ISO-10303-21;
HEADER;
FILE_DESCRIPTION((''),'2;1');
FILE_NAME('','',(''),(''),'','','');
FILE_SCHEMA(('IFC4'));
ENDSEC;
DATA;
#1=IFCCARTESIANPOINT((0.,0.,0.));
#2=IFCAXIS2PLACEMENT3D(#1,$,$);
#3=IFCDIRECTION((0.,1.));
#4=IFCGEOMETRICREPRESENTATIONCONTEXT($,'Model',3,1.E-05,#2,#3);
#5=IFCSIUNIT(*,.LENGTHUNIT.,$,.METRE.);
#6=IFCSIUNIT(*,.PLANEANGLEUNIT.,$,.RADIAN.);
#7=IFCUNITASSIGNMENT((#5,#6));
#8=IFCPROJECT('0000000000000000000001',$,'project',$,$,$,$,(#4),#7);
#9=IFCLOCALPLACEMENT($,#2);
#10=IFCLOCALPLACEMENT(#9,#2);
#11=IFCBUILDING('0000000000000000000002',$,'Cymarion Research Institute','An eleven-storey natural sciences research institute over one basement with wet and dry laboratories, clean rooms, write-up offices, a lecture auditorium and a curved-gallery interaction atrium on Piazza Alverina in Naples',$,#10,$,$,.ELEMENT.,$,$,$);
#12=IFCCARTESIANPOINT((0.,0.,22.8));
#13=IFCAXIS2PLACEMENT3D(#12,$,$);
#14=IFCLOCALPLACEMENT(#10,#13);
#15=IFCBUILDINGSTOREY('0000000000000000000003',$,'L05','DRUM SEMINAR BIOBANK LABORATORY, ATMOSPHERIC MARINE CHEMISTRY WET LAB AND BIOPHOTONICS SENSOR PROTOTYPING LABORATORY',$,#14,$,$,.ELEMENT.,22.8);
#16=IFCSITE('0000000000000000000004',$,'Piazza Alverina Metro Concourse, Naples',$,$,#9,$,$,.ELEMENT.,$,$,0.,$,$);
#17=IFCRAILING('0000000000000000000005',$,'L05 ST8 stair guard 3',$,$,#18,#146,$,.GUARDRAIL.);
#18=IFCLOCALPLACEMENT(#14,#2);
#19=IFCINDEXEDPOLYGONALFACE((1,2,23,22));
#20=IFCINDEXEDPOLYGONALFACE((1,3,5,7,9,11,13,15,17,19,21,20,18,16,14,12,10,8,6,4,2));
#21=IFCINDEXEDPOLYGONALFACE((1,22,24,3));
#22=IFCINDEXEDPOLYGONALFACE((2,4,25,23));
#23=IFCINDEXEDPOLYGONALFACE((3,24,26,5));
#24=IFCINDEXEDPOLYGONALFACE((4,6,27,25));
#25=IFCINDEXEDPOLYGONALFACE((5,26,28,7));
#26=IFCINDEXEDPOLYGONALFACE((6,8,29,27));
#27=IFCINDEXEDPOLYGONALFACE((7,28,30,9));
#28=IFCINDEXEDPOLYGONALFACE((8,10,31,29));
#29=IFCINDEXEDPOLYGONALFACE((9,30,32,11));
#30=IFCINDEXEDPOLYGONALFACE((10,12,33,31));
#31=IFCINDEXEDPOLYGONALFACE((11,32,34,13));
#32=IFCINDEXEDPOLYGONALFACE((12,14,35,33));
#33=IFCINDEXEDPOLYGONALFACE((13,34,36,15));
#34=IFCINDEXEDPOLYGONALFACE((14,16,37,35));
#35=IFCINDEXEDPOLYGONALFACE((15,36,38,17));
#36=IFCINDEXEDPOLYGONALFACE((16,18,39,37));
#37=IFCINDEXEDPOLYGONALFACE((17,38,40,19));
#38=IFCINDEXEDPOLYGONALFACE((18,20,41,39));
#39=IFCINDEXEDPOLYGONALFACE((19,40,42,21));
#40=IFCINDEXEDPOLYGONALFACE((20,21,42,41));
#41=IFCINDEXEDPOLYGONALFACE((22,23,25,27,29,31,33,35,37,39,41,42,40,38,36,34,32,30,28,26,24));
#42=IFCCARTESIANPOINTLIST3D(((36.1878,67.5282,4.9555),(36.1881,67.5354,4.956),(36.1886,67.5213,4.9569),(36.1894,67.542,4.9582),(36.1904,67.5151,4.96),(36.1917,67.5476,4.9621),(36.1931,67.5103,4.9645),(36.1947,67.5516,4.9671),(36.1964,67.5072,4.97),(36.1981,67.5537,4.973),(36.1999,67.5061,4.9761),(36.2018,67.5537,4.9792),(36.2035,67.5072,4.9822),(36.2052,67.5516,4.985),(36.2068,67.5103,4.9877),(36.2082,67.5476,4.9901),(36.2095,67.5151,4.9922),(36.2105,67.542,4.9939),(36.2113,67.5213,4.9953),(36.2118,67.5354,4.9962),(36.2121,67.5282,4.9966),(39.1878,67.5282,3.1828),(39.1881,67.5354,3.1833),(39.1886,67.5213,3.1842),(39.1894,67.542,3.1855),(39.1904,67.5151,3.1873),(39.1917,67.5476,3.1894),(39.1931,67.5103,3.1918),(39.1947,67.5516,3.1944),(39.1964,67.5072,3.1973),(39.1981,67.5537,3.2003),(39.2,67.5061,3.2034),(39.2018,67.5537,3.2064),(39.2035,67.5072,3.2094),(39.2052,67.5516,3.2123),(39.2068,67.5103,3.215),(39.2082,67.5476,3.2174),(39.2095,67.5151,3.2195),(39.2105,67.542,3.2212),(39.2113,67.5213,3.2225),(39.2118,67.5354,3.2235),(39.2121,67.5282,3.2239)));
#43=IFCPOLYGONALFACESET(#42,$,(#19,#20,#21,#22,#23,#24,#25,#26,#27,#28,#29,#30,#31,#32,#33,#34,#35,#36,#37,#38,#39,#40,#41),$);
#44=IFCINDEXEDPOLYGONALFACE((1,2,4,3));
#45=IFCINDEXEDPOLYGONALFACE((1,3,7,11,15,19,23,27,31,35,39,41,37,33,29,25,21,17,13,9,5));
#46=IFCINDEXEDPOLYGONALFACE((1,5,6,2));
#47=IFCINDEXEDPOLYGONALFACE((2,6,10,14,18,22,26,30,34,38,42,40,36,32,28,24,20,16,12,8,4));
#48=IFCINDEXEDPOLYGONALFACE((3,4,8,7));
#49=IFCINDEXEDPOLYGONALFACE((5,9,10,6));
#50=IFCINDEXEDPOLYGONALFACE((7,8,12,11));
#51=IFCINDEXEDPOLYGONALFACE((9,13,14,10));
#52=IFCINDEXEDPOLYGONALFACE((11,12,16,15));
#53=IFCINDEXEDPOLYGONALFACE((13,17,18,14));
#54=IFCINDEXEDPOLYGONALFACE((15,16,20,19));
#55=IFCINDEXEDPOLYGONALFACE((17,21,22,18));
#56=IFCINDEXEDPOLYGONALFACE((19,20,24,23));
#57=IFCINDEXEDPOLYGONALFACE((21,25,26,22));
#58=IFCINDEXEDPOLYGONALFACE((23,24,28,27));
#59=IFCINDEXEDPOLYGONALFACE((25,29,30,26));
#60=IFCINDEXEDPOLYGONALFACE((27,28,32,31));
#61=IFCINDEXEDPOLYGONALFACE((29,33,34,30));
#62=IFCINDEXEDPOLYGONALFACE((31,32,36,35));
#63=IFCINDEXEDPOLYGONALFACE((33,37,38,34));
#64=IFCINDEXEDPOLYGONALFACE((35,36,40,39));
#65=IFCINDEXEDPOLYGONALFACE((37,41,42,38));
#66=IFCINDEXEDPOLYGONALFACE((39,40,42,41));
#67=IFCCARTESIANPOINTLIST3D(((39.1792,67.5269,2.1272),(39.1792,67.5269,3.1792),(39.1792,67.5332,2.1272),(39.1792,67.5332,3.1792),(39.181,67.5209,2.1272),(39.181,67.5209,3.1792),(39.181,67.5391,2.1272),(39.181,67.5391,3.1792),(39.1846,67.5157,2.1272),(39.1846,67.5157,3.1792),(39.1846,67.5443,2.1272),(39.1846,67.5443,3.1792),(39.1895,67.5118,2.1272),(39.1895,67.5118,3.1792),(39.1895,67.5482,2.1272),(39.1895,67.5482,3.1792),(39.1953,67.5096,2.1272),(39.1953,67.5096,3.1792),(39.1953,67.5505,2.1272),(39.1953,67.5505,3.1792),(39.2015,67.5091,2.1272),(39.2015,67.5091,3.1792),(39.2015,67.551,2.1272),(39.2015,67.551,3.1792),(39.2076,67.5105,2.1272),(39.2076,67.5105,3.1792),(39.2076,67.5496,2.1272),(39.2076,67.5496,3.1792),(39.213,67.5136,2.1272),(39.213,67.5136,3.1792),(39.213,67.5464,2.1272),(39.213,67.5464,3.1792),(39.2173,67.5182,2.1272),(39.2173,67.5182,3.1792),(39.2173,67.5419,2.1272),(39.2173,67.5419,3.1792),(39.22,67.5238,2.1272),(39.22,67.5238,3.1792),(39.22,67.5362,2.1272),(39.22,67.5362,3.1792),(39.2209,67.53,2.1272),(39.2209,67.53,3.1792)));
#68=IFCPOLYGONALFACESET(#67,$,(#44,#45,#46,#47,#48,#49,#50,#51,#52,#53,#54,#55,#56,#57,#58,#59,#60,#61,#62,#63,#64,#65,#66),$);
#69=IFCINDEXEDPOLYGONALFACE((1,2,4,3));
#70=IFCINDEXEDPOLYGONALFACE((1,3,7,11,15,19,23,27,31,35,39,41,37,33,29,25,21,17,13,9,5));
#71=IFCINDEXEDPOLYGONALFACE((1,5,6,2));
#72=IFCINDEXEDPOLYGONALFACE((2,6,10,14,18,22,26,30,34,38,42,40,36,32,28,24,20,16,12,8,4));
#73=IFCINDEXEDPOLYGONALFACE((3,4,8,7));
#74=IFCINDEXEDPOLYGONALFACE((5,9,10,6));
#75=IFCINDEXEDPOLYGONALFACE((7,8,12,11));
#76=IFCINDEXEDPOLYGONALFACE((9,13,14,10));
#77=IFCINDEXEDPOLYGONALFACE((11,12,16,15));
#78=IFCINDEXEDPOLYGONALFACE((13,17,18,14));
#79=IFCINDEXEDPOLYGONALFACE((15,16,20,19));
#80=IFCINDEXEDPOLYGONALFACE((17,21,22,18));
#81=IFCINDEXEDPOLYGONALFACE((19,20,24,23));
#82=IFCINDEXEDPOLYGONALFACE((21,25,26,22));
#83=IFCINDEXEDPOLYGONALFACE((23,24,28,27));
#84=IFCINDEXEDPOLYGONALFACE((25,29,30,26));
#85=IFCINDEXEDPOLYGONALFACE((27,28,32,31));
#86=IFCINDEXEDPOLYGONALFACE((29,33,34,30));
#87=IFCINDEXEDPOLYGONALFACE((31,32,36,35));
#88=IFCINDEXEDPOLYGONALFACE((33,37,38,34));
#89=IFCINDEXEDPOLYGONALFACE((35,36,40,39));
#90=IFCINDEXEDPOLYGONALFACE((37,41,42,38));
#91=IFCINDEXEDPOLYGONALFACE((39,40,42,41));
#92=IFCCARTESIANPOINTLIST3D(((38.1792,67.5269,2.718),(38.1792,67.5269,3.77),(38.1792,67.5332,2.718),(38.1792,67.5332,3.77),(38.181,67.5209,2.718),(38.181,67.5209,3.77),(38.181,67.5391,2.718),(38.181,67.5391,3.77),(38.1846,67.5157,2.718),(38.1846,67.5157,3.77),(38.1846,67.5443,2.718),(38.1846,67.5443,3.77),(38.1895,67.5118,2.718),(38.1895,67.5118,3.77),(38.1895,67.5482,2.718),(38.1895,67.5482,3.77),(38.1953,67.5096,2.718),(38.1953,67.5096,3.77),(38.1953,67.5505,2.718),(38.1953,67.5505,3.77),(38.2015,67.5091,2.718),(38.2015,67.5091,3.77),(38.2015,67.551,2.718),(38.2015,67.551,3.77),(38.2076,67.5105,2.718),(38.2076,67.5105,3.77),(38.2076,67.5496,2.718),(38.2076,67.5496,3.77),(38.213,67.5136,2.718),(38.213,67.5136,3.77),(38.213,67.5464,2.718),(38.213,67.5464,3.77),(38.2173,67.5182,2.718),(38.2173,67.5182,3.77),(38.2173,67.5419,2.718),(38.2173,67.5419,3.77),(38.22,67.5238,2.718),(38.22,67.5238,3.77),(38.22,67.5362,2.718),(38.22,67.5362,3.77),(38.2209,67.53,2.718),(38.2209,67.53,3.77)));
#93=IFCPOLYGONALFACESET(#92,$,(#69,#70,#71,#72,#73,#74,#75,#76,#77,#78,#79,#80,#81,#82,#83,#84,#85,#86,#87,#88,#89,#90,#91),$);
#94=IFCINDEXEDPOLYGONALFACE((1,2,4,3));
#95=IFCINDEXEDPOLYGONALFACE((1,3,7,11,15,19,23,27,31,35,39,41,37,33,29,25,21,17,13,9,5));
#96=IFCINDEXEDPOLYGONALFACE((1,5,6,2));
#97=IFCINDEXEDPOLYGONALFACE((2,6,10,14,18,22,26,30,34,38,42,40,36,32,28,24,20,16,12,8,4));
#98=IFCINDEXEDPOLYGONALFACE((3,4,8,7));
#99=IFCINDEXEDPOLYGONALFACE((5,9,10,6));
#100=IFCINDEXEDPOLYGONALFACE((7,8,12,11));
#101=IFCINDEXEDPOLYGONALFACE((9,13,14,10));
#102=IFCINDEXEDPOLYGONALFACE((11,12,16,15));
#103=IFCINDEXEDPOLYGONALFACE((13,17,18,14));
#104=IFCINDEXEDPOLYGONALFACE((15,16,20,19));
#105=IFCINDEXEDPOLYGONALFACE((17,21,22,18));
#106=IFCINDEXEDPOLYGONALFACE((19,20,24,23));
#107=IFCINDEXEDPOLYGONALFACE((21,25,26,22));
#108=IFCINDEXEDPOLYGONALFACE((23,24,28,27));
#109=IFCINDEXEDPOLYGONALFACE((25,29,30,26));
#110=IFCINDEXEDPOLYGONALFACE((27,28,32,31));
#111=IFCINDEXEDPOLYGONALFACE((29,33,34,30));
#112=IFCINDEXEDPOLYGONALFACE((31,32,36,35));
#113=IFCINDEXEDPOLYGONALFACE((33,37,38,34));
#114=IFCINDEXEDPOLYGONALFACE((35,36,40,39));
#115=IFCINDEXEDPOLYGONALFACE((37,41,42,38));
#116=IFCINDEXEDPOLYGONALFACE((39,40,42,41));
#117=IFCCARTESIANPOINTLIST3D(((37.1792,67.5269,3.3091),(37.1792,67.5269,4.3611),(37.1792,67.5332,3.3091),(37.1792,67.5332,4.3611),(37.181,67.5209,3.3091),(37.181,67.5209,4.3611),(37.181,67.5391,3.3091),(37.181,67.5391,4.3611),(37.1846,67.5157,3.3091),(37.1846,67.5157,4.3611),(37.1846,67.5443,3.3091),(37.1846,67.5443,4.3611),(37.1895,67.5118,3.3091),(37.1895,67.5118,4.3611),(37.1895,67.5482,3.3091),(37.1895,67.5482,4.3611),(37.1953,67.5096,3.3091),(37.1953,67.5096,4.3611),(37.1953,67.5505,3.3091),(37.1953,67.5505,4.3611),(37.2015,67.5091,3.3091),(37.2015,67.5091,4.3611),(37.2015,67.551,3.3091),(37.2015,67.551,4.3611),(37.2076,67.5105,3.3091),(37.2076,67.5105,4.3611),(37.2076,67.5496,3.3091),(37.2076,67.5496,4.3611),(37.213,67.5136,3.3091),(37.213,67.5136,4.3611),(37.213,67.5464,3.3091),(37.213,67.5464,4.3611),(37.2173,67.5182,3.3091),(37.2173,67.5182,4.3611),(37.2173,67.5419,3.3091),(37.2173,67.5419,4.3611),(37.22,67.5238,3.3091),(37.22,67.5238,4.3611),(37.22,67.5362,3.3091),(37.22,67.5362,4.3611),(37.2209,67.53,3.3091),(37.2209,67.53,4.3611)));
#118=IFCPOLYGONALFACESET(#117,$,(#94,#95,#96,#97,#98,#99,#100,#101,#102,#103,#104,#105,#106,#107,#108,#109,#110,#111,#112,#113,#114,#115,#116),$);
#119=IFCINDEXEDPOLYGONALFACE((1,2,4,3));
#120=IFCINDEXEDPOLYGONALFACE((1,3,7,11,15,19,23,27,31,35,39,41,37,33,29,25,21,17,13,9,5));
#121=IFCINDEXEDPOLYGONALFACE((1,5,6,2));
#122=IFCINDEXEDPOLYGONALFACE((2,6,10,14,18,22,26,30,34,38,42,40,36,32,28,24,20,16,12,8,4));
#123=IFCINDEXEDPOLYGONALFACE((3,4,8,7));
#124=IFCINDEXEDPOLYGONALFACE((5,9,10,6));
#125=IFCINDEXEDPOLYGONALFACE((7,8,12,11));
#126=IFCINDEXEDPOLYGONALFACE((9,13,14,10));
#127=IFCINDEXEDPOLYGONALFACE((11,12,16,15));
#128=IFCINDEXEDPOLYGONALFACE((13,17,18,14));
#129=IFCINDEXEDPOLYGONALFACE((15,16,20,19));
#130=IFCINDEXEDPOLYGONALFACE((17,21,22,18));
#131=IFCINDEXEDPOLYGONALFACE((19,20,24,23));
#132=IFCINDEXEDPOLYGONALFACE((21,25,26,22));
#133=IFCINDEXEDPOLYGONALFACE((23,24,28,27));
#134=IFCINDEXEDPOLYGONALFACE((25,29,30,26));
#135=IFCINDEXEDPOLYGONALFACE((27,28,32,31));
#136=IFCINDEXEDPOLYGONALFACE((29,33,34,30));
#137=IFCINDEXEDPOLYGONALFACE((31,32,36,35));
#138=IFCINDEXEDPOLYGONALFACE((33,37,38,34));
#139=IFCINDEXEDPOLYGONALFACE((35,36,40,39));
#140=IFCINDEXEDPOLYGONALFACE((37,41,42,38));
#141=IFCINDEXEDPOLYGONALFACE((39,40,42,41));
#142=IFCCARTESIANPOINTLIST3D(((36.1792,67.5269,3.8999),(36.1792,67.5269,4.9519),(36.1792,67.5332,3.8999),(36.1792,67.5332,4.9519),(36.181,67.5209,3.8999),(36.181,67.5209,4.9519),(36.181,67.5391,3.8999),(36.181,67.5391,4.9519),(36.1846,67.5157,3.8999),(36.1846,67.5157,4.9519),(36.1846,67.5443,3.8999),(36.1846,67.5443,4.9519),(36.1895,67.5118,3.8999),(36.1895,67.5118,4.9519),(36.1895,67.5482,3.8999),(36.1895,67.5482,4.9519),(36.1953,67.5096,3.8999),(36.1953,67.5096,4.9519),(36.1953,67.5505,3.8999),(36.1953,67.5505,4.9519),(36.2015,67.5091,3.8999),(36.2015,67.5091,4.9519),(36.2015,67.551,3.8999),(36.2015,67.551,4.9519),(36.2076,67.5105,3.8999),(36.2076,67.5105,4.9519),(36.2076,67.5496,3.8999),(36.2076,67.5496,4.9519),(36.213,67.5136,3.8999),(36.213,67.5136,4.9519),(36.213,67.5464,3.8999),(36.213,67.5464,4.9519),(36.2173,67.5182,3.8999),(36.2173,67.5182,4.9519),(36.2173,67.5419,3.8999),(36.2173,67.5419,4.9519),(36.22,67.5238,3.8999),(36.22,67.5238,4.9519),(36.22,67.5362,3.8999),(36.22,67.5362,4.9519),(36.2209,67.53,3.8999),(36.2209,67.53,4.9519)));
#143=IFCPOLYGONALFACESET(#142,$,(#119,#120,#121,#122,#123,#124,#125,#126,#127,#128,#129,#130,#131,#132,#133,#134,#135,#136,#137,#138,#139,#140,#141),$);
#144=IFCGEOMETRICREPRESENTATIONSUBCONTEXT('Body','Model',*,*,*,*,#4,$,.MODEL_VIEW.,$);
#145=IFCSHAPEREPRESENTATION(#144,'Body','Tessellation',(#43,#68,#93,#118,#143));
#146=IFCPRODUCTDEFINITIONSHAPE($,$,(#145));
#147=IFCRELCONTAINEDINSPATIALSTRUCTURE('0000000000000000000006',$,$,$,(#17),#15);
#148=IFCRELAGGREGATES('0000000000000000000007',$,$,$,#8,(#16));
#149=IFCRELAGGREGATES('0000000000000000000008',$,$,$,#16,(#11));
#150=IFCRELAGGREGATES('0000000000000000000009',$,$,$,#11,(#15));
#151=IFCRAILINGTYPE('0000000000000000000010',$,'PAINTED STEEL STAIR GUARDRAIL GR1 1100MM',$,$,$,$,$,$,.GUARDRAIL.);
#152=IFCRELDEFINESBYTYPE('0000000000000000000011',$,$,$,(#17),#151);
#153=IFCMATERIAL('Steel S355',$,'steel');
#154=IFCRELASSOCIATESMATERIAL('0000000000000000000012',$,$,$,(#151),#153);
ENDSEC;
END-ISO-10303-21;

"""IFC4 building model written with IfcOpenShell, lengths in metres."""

from ifc_helpers import new_model, si_unit, direction, frame, origin, origin_2d, place, context, subcontext, project, spatial, circle, extrude, material, type_object, element, save


model = new_model("IFC4")

# Units and contexts
model_context = context("Model", 3, precision=1e-05, world=origin(), true_north=direction((0.0, 1.0)))
body_context = subcontext(model_context, "Body", "Model", "MODEL_VIEW")
ifc_project = project(units=[si_unit("LENGTHUNIT", "METRE"), si_unit("PLANEANGLEUNIT", "RADIAN")], contexts=[model_context])

# Site, building, storey
site_placement = place(None, origin())
site = spatial("IfcSite", under=ifc_project, at=site_placement, Name="Piazza Alverina Metro Concourse, Naples", CompositionType="ELEMENT", RefElevation=0.0)
building_placement = place(site_placement, origin())
building = spatial("IfcBuilding", under=site, at=building_placement, Name="Cymarion Research Institute", Description="An eleven-storey natural sciences research institute over one basement with wet and dry laboratories, clean rooms, write-up offices, a lecture auditorium and a curved-gallery interaction atrium on Piazza Alverina in Naples", CompositionType="ELEMENT")
storey_placement = place(building_placement, frame((0.0, 0.0, 22.8)))
storey = spatial("IfcBuildingStorey", under=building, at=storey_placement, Name="L05", Description="DRUM SEMINAR BIOBANK LABORATORY, ATMOSPHERIC MARINE CHEMISTRY WET LAB AND BIOPHOTONICS SENSOR PROTOTYPING LABORATORY", CompositionType="ELEMENT", Elevation=22.8)

# Shared definitions
ifc_material_1 = material(Name="Steel S355", Category="steel")

# Railing
railing_type_1 = type_object("IfcRailingType", Name="PAINTED STEEL STAIR GUARDRAIL GR1 1100MM", PredefinedType="GUARDRAIL", material=ifc_material_1)
railing_1_placement = place(storey_placement, frame((39.2, 67.53, 2.1272)))
element("IfcRailing", 1, at=railing_1_placement, inside=storey, type_object=railing_type_1, Name="L05 ST8 stair guard 3", PredefinedType="GUARDRAIL", context=body_context, shape_type="SweptSolid", body=[
    extrude(circle(Radius=0.0239, at=origin_2d()), frame((0.0, 0.0, 1.0762), z_axis=(-0.860929, 0.0, 0.508725), x_axis=(0.0, -1.0, 0.0)), (0.0, 0.0, 1.0), 3.4846),
    extrude(circle(Radius=0.021, at=origin_2d()), origin(), (0.0, 0.0, 1.0), 1.052),
    extrude(circle(Radius=0.021, at=origin_2d()), frame((-1.0, 0.0, 0.5908)), (0.0, 0.0, 1.0), 1.052),
    extrude(circle(Radius=0.021, at=origin_2d()), frame((-2.0, 0.0, 1.1819)), (0.0, 0.0, 1.0), 1.052),
    extrude(circle(Radius=0.021, at=origin_2d()), frame((-3.0, 0.0, 1.7727)), (0.0, 0.0, 1.0), 1.052),
])

save(model, "model.ifc")
